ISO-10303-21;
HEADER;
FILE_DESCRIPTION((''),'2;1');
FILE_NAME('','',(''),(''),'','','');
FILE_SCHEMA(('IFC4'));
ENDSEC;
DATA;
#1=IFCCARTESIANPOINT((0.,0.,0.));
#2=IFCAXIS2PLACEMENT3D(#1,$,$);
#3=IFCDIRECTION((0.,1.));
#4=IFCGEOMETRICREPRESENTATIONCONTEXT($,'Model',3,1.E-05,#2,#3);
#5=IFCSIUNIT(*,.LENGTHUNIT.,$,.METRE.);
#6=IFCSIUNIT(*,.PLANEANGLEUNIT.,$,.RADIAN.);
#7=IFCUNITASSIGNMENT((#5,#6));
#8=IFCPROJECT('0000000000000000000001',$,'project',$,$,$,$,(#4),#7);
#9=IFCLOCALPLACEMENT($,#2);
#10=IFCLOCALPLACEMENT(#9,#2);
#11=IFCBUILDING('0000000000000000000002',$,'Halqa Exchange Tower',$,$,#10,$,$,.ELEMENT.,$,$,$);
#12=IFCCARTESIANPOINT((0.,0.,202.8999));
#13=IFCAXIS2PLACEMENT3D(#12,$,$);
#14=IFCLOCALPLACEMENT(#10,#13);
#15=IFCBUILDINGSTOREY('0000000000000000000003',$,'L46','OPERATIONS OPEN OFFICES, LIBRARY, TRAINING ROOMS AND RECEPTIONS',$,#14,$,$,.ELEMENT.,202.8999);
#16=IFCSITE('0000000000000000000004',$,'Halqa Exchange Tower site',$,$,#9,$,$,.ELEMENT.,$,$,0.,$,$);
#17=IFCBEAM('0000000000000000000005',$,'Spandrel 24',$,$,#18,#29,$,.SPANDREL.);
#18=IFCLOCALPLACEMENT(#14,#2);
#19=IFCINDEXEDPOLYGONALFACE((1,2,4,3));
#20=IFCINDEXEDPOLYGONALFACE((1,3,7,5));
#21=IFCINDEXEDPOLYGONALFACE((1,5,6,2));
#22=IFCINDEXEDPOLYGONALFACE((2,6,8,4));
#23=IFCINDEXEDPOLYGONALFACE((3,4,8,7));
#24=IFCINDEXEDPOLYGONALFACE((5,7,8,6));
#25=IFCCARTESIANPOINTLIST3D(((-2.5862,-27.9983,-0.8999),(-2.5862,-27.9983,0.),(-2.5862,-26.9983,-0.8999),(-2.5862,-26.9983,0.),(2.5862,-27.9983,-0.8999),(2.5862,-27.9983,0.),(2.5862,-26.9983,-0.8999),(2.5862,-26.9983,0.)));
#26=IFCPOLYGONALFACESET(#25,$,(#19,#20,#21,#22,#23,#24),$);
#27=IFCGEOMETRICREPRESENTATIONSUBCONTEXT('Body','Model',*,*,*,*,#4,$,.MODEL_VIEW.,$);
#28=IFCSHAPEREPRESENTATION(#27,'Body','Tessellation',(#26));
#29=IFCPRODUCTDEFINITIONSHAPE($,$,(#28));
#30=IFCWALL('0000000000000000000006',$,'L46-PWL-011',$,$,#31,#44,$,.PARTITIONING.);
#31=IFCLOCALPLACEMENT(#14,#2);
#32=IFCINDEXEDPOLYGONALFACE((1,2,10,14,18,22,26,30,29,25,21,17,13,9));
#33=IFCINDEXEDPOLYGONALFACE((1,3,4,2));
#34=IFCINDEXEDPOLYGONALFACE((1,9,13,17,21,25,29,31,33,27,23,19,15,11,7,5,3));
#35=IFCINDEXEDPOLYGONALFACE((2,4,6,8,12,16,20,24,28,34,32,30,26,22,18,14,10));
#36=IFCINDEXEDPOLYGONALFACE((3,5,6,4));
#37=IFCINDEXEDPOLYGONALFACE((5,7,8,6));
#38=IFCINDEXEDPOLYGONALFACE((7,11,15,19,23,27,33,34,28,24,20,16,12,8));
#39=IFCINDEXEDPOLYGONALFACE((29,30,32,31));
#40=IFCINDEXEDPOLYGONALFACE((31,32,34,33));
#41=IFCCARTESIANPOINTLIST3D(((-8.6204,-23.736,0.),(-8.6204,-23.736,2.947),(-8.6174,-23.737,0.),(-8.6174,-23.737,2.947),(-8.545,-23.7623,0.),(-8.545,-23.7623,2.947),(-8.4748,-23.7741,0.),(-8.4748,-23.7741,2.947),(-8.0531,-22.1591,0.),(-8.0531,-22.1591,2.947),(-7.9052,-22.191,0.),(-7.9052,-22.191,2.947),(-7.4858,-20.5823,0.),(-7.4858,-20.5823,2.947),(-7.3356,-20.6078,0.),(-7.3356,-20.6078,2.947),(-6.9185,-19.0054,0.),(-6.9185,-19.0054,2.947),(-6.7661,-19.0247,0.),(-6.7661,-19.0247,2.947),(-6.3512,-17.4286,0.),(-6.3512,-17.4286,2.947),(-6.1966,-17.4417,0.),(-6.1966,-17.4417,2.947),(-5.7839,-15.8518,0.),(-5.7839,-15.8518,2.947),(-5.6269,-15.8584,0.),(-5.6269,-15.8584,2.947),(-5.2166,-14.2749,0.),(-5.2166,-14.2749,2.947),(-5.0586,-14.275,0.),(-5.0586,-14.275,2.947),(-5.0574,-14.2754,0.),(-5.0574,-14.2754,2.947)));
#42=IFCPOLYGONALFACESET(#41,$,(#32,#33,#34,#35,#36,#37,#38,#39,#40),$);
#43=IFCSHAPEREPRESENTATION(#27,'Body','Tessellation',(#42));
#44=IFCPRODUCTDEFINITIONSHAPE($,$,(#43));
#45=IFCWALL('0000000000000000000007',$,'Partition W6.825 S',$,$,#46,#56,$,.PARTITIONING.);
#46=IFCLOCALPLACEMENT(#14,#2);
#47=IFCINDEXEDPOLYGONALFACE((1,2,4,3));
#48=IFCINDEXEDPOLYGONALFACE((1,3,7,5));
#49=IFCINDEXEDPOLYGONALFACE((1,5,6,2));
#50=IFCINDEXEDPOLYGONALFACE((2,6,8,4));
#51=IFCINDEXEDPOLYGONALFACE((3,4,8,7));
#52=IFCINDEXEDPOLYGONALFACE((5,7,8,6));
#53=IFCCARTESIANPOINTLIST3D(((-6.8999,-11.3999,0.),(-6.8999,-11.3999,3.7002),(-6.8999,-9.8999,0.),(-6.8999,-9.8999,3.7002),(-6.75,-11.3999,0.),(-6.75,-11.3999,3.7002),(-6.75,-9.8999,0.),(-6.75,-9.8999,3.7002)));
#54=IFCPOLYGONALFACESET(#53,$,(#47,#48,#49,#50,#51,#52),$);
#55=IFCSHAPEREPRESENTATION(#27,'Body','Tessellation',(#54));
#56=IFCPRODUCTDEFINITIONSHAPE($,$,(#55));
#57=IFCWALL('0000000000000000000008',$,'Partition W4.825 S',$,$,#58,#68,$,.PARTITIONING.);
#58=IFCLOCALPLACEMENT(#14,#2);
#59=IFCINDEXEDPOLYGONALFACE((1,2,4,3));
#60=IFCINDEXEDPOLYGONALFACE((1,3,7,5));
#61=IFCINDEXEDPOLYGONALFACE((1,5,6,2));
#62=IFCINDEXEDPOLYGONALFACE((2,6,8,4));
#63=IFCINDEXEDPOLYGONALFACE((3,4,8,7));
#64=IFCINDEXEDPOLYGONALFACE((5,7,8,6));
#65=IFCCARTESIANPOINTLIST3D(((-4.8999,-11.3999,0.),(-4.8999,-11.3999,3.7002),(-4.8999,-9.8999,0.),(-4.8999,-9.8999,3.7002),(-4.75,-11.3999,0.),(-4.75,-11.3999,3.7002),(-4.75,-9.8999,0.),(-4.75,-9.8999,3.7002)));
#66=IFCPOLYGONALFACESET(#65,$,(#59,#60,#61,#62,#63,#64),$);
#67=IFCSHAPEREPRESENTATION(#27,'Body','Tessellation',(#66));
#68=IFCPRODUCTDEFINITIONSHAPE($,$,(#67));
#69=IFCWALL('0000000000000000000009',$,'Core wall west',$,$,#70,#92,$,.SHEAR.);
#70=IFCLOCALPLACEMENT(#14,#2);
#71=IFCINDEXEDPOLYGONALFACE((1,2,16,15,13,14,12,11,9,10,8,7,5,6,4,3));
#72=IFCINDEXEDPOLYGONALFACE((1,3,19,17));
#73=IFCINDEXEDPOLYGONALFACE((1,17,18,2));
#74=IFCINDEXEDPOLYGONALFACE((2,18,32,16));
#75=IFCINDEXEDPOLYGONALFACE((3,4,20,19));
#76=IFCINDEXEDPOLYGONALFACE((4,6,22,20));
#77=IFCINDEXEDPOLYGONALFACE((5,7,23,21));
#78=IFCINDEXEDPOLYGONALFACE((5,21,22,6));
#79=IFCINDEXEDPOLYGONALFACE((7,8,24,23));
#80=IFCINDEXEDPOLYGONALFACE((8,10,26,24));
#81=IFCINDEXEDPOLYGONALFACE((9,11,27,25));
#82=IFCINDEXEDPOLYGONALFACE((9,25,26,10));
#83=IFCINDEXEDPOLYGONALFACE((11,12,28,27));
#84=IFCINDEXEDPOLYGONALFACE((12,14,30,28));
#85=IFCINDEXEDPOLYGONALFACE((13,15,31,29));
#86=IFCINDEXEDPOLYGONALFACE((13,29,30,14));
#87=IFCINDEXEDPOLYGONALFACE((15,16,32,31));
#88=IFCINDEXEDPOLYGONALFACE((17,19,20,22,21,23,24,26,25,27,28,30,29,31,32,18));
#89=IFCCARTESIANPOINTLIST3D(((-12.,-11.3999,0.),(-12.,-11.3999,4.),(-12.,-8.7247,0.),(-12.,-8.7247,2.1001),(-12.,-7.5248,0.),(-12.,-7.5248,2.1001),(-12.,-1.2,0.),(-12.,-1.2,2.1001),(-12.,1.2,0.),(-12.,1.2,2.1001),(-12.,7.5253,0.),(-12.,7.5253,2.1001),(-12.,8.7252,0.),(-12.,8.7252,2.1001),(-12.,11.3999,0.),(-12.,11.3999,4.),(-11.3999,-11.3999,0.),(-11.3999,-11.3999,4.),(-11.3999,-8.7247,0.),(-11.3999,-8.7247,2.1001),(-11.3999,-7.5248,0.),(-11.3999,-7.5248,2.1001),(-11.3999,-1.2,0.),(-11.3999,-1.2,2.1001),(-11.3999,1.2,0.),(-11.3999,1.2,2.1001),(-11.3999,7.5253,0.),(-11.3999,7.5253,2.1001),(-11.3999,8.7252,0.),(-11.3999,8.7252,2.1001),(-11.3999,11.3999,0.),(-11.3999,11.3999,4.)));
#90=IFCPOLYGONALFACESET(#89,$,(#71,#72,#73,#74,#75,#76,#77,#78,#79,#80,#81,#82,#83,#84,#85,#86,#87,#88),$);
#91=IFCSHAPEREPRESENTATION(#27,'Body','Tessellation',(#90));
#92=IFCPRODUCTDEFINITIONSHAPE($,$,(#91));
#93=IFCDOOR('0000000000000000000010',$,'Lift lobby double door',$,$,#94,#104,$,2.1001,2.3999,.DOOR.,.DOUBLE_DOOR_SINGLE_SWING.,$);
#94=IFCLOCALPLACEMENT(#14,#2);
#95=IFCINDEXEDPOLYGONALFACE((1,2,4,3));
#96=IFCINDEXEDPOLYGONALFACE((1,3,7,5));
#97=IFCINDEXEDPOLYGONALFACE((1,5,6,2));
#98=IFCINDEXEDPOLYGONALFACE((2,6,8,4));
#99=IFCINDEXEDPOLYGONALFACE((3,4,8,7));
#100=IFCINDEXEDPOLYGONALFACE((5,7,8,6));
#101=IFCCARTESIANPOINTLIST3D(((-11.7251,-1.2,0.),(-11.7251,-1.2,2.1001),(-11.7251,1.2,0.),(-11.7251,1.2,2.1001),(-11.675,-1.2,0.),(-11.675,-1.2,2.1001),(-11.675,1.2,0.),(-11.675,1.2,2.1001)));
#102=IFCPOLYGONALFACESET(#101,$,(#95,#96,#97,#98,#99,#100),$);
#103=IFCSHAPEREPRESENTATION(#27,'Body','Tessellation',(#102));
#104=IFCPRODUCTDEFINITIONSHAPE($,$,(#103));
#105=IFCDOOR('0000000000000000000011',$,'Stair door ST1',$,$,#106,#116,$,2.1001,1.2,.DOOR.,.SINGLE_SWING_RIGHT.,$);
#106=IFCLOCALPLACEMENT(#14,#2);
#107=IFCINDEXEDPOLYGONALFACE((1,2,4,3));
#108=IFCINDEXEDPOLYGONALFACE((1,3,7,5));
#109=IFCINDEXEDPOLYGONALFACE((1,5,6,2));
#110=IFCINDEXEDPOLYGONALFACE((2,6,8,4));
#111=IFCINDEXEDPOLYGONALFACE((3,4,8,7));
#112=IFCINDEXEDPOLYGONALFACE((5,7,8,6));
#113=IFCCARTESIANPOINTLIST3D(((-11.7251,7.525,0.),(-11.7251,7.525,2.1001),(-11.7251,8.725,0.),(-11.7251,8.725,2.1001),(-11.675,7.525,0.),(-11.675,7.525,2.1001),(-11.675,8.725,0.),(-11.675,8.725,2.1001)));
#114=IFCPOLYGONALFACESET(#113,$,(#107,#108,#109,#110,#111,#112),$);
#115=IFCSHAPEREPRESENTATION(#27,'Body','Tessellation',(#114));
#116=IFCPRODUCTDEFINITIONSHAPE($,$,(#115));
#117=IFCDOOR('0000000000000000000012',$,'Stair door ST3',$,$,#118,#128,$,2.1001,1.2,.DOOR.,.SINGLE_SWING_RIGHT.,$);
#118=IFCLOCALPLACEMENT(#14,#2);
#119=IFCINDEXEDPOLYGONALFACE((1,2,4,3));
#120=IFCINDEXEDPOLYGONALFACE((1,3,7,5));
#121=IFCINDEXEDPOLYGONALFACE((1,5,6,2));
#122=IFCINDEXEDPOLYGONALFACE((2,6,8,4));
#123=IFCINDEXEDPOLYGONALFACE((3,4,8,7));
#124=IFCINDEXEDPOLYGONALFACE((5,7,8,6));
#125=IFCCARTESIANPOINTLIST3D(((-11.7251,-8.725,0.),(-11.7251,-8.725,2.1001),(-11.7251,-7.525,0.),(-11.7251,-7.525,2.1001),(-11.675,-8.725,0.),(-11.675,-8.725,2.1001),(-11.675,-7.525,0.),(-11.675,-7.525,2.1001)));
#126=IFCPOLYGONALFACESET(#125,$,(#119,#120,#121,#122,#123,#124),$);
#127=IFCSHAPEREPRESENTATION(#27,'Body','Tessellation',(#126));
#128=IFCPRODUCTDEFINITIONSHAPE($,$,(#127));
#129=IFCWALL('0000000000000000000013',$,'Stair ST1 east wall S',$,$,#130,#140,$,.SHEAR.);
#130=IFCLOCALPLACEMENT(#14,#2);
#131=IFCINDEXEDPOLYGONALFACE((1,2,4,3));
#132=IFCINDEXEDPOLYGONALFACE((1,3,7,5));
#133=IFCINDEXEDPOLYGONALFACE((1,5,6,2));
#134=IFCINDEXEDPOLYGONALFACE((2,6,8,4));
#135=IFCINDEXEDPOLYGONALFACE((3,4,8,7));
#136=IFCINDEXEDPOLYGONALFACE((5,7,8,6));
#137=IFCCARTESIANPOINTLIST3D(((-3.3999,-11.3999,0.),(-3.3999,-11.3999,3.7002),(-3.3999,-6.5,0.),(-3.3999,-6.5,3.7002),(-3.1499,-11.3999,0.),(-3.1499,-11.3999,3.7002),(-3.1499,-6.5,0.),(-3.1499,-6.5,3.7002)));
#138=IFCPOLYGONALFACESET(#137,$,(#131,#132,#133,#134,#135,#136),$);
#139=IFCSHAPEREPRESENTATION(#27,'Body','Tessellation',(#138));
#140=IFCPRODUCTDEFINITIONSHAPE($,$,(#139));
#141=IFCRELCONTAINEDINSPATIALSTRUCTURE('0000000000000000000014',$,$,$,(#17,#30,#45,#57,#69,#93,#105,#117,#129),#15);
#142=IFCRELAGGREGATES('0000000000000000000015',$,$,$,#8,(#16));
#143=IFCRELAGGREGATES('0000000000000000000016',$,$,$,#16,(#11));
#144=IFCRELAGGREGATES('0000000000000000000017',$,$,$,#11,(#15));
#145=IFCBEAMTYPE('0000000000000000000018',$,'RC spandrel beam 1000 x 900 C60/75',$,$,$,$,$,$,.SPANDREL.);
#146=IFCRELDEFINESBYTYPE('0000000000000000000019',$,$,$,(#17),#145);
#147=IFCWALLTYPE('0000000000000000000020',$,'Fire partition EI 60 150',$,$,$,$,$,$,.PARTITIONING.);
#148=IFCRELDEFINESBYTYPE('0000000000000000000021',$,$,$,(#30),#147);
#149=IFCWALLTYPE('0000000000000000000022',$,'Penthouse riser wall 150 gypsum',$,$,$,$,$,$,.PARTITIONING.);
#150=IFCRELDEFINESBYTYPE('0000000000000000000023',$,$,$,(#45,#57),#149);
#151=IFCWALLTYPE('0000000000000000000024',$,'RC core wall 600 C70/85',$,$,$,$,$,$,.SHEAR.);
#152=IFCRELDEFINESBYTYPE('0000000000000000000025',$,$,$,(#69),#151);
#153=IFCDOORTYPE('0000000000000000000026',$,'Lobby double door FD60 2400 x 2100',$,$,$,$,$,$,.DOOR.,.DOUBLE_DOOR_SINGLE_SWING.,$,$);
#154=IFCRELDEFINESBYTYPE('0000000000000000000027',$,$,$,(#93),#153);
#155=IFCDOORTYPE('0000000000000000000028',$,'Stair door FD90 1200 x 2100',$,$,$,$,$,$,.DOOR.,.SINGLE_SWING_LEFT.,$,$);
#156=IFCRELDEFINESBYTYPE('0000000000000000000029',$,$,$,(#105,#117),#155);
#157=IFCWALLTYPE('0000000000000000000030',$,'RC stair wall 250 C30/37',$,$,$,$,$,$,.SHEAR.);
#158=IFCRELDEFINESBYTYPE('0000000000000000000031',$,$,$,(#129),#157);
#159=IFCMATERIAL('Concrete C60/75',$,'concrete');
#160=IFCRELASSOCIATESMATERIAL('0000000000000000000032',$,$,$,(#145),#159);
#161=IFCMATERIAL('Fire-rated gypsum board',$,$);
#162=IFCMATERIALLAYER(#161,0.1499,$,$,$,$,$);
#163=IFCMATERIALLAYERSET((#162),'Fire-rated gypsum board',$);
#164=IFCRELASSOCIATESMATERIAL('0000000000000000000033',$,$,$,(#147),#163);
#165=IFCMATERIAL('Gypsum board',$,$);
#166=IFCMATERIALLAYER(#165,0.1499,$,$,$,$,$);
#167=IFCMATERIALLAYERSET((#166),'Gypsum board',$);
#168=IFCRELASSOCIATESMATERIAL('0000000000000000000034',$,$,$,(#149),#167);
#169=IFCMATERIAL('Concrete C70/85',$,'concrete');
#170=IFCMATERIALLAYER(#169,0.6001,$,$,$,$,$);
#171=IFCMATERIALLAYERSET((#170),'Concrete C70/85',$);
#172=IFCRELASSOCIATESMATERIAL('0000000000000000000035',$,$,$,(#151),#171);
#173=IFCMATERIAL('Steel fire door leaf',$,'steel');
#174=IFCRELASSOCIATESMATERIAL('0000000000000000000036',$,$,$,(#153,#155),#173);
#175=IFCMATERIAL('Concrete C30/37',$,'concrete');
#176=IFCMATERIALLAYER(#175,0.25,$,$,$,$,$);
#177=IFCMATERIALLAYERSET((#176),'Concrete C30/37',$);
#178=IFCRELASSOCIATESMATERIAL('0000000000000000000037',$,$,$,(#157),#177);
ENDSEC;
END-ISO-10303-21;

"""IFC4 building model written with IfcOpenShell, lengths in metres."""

from ifc_helpers import new_model, si_unit, direction, frame, frame_2d, origin, origin_2d, place, context, subcontext, project, spatial, polyline, rectangle, outline, extrude, material, layer, layer_set, material_profile, profile_set, type_object, element, fill, save


model = new_model("IFC4")

# Units and contexts
model_context = context("Model", 3, precision=1e-05, world=origin(), true_north=direction((0.0, 1.0)))
body_context = subcontext(model_context, "Body", "Model", "MODEL_VIEW")
ifc_project = project(units=[si_unit("LENGTHUNIT", "METRE"), si_unit("PLANEANGLEUNIT", "RADIAN")], contexts=[model_context])

# Site, building, storey
site_placement = place(None, origin())
site = spatial("IfcSite", under=ifc_project, at=site_placement, Name="Halqa Exchange Tower site", CompositionType="ELEMENT", RefElevation=0.0)
building_placement = place(site_placement, origin())
building = spatial("IfcBuilding", under=site, at=building_placement, Name="Halqa Exchange Tower", CompositionType="ELEMENT")
storey_placement = place(building_placement, frame((0.0, 0.0, 202.8999)))
storey = spatial("IfcBuildingStorey", under=building, at=storey_placement, Name="L46", Description="OPERATIONS OPEN OFFICES, LIBRARY, TRAINING ROOMS AND RECEPTIONS", CompositionType="ELEMENT", Elevation=202.8999)

# Shared definitions
ifc_material_1 = material(Name="Concrete C60/75", Category="concrete")

# Beam
ifc_material_profile_1 = material_profile(ifc_material_1, rectangle(XDim=1.0, YDim=0.8999, at=origin_2d()), Name="1000 x 900")
ifc_profile_set_1 = profile_set([ifc_material_profile_1], Name="Concrete C60/75")
beam_type_1 = type_object("IfcBeamType", Name="RC spandrel beam 1000 x 900 C60/75", PredefinedType="SPANDREL", material=ifc_profile_set_1)
beam_1_placement = place(storey_placement, frame((-2.5862, -27.4983, -0.45), z_axis=(1.0, 0.0, 0.0), x_axis=(0.0, 1.0, 0.0)))
element("IfcBeam", 1, at=beam_1_placement, inside=storey, type_object=beam_type_1, Name="Spandrel 24", PredefinedType="SPANDREL", context=body_context, shape_type="SweptSolid", body=[
    extrude(rectangle(XDim=1.0, YDim=0.8999, at=origin_2d()), origin(), (0.0, 0.0, 1.0), 5.1724),
])

# Walls
ifc_material_2 = material(Name="Fire-rated gypsum board")
ifc_layer_1 = layer(ifc_material_2, 0.1499)
ifc_layer_set_1 = layer_set([ifc_layer_1], Name="Fire-rated gypsum board")
wall_type_1 = type_object("IfcWallType", Name="Fire partition EI 60 150", PredefinedType="PARTITIONING", material=ifc_layer_set_1)
wall_1_placement = place(storey_placement, frame((-5.1279, -14.25, 0.0), z_axis=(0.0, 0.0, 1.0), x_axis=(-0.33853, -0.940956, 0.0)))
element("IfcWall", 2, at=wall_1_placement, inside=storey, type_object=wall_type_1, Name="L46-PWL-011", PredefinedType="PARTITIONING", context=body_context, shape_type="SweptSolid", body=[
    extrude(outline(polyline([(10.1082, -0.075), (10.1082, -0.0718), (10.1074, 0.0049), (10.0947, 0.075), (8.4124, 0.075), (6.7297, 0.075), (5.0474, 0.075), (3.365, 0.075), (1.6824, 0.075), (0.0, 0.075), (0.0, 0.0737), (0.0535, -0.075), (1.7292, -0.075), (3.405, -0.075), (5.0808, -0.075), (6.7566, -0.075), (8.4324, -0.075), (10.1082, -0.075)])), origin(), (0.0, 0.0, 1.0), 2.947),
])
ifc_material_3 = material(Name="Gypsum board")
ifc_layer_2 = layer(ifc_material_3, 0.1499)
ifc_layer_set_2 = layer_set([ifc_layer_2], Name="Gypsum board")
wall_type_2 = type_object("IfcWallType", Name="Penthouse riser wall 150 gypsum", PredefinedType="PARTITIONING", material=ifc_layer_set_2)
for number, where, z_axis, x_axis, name in (
    (3, (-6.825, -11.3999, 0.0), (0.0, 0.0, 1.0), (0.0, 1.0, 0.0), "Partition W6.825 S"),
    (4, (-4.825, -11.3999, 0.0), (0.0, 0.0, 1.0), (0.0, 1.0, 0.0), "Partition W4.825 S"),
):
    element("IfcWall", number, at=place(storey_placement, frame(where, z_axis=z_axis, x_axis=x_axis)), inside=storey, type_object=wall_type_2, Name=name, PredefinedType="PARTITIONING", context=body_context, shape_type="SweptSolid", body=[
        extrude(rectangle(XDim=1.5, YDim=0.1499, at=frame_2d((0.75, 0.0))), origin(), (0.0, 0.0, 1.0), 3.7002),
    ])

# Wall, openings, doors
ifc_material_4 = material(Name="Concrete C70/85", Category="concrete")
ifc_layer_3 = layer(ifc_material_4, 0.6001)
ifc_layer_set_3 = layer_set([ifc_layer_3], Name="Concrete C70/85")
wall_type_3 = type_object("IfcWallType", Name="RC core wall 600 C70/85", PredefinedType="SHEAR", material=ifc_layer_set_3)
wall_2_placement = place(storey_placement, frame((-11.7, -11.3999, 0.0), z_axis=(0.0, 0.0, 1.0), x_axis=(0.0, 1.0, 0.0)))
wall_2 = element("IfcWall", 5, at=wall_2_placement, inside=storey, type_object=wall_type_3, Name="Core wall west", PredefinedType="SHEAR", context=body_context, shape_type="SweptSolid", body=[
    extrude(rectangle(XDim=22.7998, YDim=0.6001, at=frame_2d((11.3999, 0.0))), origin(), (0.0, 0.0, 1.0), 4.0),
])
opening_1_placement = place(wall_2_placement, frame((10.2, 0.0, 0.0)))
opening_1 = element("IfcOpeningElement", 6, at=opening_1_placement, cuts=wall_2, PredefinedType="OPENING", context=body_context, shape_type="SweptSolid", body=[
    extrude(rectangle(XDim=2.3999, YDim=2.1001, at=frame_2d((1.2, 1.05))), frame((0.0, 0.312, 0.0), z_axis=(0.0, -1.0, 0.0), x_axis=(1.0, 0.0, 0.0)), (0.0, 0.0, 1.0), 0.624),
])
opening_2_placement = place(wall_2_placement, frame((18.925, 0.0, 0.0)))
opening_2 = element("IfcOpeningElement", 7, at=opening_2_placement, cuts=wall_2, PredefinedType="OPENING", context=body_context, shape_type="SweptSolid", body=[
    extrude(rectangle(XDim=1.2, YDim=2.1001, at=frame_2d((0.6001, 1.05))), frame((0.0, 0.312, 0.0), z_axis=(0.0, -1.0, 0.0), x_axis=(1.0, 0.0, 0.0)), (0.0, 0.0, 1.0), 0.624),
])
opening_3_placement = place(wall_2_placement, frame((2.675, 0.0, 0.0)))
opening_3 = element("IfcOpeningElement", 8, at=opening_3_placement, cuts=wall_2, PredefinedType="OPENING", context=body_context, shape_type="SweptSolid", body=[
    extrude(rectangle(XDim=1.2, YDim=2.1001, at=frame_2d((0.6001, 1.05))), frame((0.0, 0.312, 0.0), z_axis=(0.0, -1.0, 0.0), x_axis=(1.0, 0.0, 0.0)), (0.0, 0.0, 1.0), 0.624),
])
ifc_material_5 = material(Name="Steel fire door leaf", Category="steel")
door_type_1 = type_object("IfcDoorType", Name="Lobby double door FD60 2400 x 2100", OperationType="DOUBLE_DOOR_SINGLE_SWING", PredefinedType="DOOR", material=ifc_material_5)
door_1_placement = place(opening_1_placement, frame((2.3999, 0.0, 0.0), z_axis=(0.0, 0.0, 1.0), x_axis=(-1.0, 0.0, 0.0)))
door_1 = element("IfcDoor", 9, at=door_1_placement, inside=storey, type_object=door_type_1, Name="Lift lobby double door", OperationType="DOUBLE_DOOR_SINGLE_SWING", OverallHeight=2.1001, OverallWidth=2.3999, PredefinedType="DOOR", context=body_context, shape_type="SweptSolid", body=[
    extrude(rectangle(XDim=2.3999, YDim=2.1001, at=frame_2d((1.2, 1.05))), frame((0.0, 0.0249, 0.0), z_axis=(0.0, -1.0, 0.0), x_axis=(1.0, 0.0, 0.0)), (0.0, 0.0, 1.0), 0.05),
])
fill(opening_1, door_1)
door_type_2 = type_object("IfcDoorType", Name="Stair door FD90 1200 x 2100", OperationType="SINGLE_SWING_LEFT", PredefinedType="DOOR", material=ifc_material_5)
door_2_placement = place(opening_2_placement, frame((1.2, 0.0, 0.0), z_axis=(0.0, 0.0, 1.0), x_axis=(-1.0, 0.0, 0.0)))
door_2 = element("IfcDoor", 10, at=door_2_placement, inside=storey, type_object=door_type_2, Name="Stair door ST1", OperationType="SINGLE_SWING_RIGHT", OverallHeight=2.1001, OverallWidth=1.2, PredefinedType="DOOR", context=body_context, shape_type="SweptSolid", body=[
    extrude(rectangle(XDim=1.2, YDim=2.1001, at=frame_2d((0.6001, 1.05))), frame((0.0, 0.0249, 0.0), z_axis=(0.0, -1.0, 0.0), x_axis=(1.0, 0.0, 0.0)), (0.0, 0.0, 1.0), 0.05),
])
fill(opening_2, door_2)
door_3_placement = place(opening_3_placement, frame((1.2, 0.0, 0.0), z_axis=(0.0, 0.0, 1.0), x_axis=(-1.0, 0.0, 0.0)))
door_3 = element("IfcDoor", 11, at=door_3_placement, inside=storey, type_object=door_type_2, Name="Stair door ST3", OperationType="SINGLE_SWING_RIGHT", OverallHeight=2.1001, OverallWidth=1.2, PredefinedType="DOOR", context=body_context, shape_type="SweptSolid", body=[
    extrude(rectangle(XDim=1.2, YDim=2.1001, at=frame_2d((0.6001, 1.05))), frame((0.0, 0.0249, 0.0), z_axis=(0.0, -1.0, 0.0), x_axis=(1.0, 0.0, 0.0)), (0.0, 0.0, 1.0), 0.05),
])
fill(opening_3, door_3)

# Wall
ifc_material_6 = material(Name="Concrete C30/37", Category="concrete")
ifc_layer_4 = layer(ifc_material_6, 0.25)
ifc_layer_set_4 = layer_set([ifc_layer_4], Name="Concrete C30/37")
wall_type_4 = type_object("IfcWallType", Name="RC stair wall 250 C30/37", PredefinedType="SHEAR", material=ifc_layer_set_4)
wall_3_placement = place(storey_placement, frame((-3.2749, -11.3999, 0.0), z_axis=(0.0, 0.0, 1.0), x_axis=(0.0, 1.0, 0.0)))
element("IfcWall", 12, at=wall_3_placement, inside=storey, type_object=wall_type_4, Name="Stair ST1 east wall S", PredefinedType="SHEAR", context=body_context, shape_type="SweptSolid", body=[
    extrude(rectangle(XDim=4.8999, YDim=0.25, at=frame_2d((2.45, 0.0))), origin(), (0.0, 0.0, 1.0), 3.7002),
])

save(model, "model.ifc")
